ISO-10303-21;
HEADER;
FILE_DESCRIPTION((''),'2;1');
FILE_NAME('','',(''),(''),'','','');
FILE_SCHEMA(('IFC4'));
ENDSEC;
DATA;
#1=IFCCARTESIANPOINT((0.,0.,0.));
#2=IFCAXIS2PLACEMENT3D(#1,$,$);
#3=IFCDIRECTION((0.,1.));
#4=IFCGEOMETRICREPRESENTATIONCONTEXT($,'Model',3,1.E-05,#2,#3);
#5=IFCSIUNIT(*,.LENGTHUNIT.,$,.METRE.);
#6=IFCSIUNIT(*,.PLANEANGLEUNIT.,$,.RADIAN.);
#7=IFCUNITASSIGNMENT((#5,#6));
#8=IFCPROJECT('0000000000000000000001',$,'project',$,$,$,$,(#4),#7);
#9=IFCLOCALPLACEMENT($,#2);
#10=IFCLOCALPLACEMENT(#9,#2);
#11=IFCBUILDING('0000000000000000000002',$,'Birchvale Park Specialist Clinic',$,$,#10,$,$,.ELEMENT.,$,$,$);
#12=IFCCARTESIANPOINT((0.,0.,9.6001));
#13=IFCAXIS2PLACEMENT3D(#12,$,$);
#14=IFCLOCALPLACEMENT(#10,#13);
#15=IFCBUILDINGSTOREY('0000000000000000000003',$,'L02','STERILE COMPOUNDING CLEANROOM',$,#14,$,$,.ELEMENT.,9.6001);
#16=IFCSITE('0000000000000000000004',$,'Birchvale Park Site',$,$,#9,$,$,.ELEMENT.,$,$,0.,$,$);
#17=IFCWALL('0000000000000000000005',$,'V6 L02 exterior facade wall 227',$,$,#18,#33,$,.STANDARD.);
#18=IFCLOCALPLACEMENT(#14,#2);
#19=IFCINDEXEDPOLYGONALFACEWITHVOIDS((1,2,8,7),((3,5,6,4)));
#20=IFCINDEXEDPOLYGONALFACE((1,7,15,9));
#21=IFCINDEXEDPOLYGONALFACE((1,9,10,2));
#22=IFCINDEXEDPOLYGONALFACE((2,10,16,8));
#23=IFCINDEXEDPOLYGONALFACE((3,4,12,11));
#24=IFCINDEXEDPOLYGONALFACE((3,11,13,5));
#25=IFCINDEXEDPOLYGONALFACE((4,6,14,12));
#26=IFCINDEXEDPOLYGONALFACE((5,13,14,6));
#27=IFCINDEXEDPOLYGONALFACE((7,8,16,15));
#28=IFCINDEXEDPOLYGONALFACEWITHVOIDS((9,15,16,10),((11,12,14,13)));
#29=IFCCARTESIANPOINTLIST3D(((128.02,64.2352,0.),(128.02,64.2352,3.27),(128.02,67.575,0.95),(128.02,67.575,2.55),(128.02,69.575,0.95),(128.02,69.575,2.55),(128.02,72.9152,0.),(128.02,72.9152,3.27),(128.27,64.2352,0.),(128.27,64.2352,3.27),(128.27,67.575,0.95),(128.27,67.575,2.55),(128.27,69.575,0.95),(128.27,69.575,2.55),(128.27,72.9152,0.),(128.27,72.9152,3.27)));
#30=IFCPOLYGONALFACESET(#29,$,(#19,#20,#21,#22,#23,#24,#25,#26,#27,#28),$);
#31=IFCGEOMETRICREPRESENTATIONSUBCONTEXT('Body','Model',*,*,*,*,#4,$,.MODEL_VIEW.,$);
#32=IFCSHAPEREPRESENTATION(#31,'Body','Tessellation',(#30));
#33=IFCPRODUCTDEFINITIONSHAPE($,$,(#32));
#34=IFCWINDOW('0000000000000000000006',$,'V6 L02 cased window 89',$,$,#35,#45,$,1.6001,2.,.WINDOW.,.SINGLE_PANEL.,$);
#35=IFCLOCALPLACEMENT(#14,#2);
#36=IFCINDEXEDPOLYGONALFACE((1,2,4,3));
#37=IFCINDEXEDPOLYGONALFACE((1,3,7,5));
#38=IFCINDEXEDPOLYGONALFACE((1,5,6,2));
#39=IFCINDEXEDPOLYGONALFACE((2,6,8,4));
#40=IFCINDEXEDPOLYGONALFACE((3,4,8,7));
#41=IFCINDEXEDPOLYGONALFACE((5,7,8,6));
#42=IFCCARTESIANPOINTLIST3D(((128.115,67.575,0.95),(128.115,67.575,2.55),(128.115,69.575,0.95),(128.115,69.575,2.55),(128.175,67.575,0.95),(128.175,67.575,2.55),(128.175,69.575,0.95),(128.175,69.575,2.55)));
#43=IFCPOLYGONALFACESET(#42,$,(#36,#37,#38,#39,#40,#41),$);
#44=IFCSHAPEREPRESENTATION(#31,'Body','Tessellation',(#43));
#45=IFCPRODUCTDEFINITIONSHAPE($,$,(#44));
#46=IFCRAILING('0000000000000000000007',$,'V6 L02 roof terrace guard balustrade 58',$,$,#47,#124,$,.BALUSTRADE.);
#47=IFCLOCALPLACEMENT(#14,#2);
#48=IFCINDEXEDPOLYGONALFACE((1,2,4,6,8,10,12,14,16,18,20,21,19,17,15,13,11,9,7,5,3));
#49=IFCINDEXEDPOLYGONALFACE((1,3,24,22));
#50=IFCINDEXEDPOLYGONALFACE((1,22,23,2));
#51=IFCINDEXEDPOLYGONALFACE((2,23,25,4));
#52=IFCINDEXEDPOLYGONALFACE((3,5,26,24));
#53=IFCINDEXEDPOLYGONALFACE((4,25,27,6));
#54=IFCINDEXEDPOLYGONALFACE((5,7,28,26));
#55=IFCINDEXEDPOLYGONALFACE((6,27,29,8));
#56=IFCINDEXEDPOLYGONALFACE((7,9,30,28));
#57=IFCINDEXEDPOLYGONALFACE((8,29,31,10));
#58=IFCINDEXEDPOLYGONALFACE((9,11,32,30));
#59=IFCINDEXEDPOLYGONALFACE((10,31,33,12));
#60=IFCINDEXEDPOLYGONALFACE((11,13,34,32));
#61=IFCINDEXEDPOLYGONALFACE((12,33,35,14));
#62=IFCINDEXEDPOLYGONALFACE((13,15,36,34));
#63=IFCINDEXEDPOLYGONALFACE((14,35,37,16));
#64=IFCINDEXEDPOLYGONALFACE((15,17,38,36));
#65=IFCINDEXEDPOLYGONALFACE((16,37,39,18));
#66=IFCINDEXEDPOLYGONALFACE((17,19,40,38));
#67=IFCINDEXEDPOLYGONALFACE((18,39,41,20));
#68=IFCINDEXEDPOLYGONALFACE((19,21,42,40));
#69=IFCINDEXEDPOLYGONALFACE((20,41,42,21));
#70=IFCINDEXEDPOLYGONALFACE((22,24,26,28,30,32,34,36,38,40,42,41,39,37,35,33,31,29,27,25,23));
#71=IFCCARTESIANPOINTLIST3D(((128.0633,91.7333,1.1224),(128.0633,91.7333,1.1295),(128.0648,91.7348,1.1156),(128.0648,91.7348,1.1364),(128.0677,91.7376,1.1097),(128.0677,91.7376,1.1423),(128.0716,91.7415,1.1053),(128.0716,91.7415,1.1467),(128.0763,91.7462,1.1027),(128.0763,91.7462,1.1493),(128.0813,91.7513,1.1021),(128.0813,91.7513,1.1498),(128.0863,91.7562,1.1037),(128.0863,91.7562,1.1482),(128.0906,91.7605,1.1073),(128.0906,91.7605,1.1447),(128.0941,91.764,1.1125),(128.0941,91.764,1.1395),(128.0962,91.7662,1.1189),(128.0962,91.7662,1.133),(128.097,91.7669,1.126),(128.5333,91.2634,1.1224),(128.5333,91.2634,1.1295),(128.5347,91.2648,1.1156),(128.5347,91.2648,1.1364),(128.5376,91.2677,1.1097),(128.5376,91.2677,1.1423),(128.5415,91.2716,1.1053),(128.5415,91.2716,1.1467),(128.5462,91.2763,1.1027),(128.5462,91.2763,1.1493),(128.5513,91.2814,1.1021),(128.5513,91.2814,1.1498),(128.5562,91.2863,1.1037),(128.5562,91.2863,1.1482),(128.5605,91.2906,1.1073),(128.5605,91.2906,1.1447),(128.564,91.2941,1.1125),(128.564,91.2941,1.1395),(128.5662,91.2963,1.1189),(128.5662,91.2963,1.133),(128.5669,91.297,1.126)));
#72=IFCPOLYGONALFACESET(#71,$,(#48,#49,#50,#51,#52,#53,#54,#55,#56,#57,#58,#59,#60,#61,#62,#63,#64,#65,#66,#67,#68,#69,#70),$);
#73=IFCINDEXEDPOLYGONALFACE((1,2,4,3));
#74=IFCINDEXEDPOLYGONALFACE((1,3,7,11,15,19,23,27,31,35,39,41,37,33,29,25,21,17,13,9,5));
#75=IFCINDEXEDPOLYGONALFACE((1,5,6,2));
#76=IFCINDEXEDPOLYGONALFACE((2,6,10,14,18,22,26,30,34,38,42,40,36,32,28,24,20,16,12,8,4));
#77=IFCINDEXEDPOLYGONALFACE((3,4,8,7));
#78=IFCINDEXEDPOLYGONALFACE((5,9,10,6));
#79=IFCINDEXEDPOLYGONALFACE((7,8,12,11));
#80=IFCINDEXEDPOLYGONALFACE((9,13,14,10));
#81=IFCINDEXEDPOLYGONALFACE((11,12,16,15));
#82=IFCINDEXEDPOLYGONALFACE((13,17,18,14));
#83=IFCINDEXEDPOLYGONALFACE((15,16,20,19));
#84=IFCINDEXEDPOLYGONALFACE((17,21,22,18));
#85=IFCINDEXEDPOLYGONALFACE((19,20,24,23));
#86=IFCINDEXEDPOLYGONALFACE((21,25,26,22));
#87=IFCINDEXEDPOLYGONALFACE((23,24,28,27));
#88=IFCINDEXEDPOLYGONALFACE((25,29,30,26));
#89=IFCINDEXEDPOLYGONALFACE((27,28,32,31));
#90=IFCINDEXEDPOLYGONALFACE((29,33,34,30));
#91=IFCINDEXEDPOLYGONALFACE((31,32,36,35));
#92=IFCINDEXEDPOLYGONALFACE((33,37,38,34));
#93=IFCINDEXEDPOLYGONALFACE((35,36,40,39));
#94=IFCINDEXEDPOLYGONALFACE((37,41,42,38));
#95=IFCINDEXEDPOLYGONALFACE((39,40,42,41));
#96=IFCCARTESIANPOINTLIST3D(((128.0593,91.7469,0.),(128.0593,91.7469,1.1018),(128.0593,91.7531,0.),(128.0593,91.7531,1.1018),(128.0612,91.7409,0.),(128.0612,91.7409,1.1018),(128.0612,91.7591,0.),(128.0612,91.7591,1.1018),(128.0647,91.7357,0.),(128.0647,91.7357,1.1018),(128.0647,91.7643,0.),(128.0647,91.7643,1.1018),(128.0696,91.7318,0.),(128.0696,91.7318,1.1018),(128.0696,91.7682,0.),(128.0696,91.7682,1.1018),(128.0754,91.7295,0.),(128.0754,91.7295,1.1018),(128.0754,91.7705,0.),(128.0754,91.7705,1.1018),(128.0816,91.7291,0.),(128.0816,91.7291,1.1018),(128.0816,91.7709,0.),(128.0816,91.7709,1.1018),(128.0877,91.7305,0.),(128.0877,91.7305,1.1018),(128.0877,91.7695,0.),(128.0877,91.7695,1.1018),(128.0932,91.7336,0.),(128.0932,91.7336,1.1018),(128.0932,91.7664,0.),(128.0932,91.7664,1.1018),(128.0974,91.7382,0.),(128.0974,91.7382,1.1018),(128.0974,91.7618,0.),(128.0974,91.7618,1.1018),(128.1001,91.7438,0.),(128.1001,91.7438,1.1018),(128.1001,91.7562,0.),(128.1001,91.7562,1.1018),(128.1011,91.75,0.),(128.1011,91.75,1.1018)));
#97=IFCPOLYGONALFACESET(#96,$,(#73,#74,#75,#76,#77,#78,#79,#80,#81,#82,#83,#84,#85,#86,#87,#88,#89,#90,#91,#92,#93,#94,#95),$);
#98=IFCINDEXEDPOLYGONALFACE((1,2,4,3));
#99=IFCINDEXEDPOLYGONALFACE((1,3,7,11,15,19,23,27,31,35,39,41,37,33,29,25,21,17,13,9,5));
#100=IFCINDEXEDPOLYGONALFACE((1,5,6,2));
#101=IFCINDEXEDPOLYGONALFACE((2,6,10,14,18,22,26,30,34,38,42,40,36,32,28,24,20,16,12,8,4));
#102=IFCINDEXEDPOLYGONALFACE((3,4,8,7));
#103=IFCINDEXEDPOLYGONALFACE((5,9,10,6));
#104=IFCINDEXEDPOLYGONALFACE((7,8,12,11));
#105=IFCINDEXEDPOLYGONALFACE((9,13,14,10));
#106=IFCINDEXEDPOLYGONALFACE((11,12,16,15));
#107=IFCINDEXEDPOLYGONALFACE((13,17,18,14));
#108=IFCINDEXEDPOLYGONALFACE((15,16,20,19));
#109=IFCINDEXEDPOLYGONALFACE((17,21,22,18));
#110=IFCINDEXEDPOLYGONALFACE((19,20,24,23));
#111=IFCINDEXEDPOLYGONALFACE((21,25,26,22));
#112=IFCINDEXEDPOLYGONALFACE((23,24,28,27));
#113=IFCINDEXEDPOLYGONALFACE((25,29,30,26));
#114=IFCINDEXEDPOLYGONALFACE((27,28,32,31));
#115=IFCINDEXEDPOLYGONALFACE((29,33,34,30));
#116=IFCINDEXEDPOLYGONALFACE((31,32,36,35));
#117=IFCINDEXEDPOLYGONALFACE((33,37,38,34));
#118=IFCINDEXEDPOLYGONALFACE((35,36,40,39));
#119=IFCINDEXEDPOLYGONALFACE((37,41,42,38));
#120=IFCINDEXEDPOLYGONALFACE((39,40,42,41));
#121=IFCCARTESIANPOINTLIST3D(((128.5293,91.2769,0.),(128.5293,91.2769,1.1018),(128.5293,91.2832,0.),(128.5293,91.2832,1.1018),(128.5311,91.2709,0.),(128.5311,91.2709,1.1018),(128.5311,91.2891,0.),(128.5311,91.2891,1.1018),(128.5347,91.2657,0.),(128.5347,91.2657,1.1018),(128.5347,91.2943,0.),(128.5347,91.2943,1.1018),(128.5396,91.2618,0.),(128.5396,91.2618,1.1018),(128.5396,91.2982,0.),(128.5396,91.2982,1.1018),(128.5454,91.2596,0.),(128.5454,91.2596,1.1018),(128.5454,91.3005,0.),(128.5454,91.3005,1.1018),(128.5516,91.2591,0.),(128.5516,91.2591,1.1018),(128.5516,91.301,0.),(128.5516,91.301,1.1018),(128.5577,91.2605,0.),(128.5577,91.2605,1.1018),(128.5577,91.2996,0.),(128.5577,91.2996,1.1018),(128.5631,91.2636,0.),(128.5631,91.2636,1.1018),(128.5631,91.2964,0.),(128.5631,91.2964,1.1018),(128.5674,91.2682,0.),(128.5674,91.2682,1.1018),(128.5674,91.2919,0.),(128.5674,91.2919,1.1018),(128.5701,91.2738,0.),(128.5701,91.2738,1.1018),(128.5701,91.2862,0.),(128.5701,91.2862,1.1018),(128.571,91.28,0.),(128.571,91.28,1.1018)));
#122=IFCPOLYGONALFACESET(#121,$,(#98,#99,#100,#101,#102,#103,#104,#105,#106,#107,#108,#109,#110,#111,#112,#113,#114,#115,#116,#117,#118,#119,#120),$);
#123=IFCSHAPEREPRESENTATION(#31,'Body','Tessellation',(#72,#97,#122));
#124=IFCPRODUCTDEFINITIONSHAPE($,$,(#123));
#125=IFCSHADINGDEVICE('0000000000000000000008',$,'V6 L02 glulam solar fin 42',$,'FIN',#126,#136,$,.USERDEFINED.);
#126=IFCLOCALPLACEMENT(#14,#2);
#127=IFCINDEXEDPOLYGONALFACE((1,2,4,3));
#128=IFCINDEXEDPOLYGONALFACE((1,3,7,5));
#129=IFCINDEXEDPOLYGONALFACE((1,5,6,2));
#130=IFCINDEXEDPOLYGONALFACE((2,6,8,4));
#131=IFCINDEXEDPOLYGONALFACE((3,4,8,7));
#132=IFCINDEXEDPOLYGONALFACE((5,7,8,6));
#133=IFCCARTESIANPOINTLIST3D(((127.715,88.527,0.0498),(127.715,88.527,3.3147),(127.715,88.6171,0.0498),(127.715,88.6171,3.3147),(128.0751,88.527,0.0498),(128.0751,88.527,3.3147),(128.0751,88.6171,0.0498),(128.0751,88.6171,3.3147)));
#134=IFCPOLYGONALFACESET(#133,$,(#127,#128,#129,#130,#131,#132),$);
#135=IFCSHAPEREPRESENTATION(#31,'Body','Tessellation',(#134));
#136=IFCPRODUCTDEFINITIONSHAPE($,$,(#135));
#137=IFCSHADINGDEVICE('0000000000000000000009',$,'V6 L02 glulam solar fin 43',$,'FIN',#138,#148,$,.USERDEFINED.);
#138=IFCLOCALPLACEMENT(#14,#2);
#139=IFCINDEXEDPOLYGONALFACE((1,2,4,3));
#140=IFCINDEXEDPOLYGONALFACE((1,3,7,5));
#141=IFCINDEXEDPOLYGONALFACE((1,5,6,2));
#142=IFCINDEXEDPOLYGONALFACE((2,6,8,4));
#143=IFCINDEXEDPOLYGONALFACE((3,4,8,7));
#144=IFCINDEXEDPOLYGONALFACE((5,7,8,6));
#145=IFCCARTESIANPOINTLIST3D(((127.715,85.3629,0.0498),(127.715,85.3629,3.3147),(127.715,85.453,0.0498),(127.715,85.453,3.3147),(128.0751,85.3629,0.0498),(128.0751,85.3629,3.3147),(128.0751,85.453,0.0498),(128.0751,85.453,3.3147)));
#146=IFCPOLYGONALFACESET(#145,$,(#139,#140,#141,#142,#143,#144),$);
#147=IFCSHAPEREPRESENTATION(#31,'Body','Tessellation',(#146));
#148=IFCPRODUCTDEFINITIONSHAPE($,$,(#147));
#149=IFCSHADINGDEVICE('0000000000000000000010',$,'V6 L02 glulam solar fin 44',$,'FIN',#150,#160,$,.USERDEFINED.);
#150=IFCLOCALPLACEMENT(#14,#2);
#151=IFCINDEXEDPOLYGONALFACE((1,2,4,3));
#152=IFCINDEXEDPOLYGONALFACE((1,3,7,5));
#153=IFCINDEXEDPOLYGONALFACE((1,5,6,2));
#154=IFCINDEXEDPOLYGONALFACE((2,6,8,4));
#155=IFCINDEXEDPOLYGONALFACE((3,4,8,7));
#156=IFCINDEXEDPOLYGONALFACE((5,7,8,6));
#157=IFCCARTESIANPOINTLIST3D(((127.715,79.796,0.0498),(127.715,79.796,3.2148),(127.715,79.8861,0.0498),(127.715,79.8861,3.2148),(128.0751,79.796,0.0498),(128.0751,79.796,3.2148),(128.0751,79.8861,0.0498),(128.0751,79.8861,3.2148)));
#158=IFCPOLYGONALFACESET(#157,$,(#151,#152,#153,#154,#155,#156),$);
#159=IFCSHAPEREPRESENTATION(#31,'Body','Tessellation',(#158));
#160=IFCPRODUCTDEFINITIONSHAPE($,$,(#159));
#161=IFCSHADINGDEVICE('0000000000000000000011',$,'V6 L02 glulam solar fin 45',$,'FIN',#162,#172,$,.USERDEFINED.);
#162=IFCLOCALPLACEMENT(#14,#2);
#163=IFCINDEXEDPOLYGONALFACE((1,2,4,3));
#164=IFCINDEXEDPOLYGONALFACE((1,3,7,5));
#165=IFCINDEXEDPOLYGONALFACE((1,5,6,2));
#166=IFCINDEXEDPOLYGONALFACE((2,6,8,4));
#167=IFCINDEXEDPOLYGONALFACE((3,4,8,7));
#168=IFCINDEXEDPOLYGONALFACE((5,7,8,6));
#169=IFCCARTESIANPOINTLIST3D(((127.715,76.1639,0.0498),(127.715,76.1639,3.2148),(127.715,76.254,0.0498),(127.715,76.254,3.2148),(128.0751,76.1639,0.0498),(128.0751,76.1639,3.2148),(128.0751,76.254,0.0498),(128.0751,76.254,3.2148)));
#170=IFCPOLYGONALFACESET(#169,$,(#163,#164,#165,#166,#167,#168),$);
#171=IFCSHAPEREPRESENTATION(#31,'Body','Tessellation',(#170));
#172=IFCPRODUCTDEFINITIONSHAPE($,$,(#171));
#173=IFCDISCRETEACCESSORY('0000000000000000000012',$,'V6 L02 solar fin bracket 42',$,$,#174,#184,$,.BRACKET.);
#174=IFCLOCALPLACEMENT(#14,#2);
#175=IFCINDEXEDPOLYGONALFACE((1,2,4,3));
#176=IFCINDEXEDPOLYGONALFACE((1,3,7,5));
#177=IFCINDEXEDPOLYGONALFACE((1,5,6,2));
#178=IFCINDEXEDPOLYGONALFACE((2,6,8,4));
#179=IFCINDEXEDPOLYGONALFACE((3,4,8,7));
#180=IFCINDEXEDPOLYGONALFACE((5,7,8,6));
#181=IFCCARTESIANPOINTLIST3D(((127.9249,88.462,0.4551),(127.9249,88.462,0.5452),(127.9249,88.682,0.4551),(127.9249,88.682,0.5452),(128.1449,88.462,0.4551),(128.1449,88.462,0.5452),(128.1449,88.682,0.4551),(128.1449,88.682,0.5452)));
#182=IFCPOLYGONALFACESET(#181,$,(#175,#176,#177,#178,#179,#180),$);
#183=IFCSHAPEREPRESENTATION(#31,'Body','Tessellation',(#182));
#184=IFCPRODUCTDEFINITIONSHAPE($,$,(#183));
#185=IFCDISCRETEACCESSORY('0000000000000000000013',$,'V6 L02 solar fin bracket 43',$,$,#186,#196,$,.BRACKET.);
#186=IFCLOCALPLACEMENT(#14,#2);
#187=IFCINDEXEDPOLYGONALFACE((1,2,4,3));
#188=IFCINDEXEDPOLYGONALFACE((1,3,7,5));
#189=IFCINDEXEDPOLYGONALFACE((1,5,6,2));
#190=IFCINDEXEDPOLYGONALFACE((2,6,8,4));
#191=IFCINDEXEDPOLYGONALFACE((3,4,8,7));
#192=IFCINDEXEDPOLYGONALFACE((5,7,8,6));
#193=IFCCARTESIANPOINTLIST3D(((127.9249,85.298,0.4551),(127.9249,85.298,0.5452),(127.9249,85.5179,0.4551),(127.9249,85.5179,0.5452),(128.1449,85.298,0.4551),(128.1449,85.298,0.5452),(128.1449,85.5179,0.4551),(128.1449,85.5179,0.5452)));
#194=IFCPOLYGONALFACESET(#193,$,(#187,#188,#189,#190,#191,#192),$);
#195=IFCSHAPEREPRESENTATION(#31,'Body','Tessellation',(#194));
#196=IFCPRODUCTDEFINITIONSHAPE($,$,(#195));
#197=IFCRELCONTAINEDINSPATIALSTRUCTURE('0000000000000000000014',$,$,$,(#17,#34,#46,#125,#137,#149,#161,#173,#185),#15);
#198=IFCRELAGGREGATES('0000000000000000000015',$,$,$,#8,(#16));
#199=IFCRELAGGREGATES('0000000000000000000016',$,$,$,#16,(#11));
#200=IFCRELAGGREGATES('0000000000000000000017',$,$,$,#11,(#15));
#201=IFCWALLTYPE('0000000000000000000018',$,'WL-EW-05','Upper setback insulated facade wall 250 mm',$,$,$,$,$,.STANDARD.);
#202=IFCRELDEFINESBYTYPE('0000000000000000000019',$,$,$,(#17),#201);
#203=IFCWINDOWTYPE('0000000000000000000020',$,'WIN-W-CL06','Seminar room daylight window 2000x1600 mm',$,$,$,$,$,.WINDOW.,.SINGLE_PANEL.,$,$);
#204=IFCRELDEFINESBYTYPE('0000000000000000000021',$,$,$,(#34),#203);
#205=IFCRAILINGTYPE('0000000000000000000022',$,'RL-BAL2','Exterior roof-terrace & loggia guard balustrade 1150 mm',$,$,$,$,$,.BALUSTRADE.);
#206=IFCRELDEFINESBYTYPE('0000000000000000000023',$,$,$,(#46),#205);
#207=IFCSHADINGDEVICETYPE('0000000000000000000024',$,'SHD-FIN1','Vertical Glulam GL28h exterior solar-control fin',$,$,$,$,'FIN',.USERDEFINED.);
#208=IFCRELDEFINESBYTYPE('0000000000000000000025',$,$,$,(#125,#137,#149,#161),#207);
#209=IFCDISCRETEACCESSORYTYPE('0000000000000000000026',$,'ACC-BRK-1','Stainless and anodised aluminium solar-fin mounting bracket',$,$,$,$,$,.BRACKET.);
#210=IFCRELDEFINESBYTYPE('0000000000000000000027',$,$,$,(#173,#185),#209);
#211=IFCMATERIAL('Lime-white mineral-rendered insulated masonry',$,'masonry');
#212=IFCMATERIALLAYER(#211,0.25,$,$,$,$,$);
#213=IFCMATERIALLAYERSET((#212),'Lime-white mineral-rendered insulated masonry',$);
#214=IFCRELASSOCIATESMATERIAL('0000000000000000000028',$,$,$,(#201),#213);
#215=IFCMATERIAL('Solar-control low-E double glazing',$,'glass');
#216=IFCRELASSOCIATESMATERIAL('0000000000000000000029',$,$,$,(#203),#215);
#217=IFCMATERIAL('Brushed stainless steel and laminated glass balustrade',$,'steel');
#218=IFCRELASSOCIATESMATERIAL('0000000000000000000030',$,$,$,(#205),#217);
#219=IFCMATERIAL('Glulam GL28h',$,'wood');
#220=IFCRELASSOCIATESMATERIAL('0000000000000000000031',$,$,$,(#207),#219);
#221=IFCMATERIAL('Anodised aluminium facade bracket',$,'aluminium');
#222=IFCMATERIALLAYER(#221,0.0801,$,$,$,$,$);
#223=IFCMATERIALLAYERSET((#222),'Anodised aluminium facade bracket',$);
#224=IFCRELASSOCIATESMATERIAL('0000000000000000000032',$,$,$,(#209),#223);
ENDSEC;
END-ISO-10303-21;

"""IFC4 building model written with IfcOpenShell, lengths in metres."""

from ifc_helpers import new_model, si_unit, direction, frame, frame_2d, origin, origin_2d, place, context, subcontext, project, spatial, rectangle, circle, extrude, material, layer, layer_set, type_object, element, fill, save


model = new_model("IFC4")

# Units and contexts
model_context = context("Model", 3, precision=1e-05, world=origin(), true_north=direction((0.0, 1.0)))
body_context = subcontext(model_context, "Body", "Model", "MODEL_VIEW")
ifc_project = project(units=[si_unit("LENGTHUNIT", "METRE"), si_unit("PLANEANGLEUNIT", "RADIAN")], contexts=[model_context])

# Site, building, storey
site_placement = place(None, origin())
site = spatial("IfcSite", under=ifc_project, at=site_placement, Name="Birchvale Park Site", CompositionType="ELEMENT", RefElevation=0.0)
building_placement = place(site_placement, origin())
building = spatial("IfcBuilding", under=site, at=building_placement, Name="Birchvale Park Specialist Clinic", CompositionType="ELEMENT")
storey_placement = place(building_placement, frame((0.0, 0.0, 9.6001)))
storey = spatial("IfcBuildingStorey", under=building, at=storey_placement, Name="L02", Description="STERILE COMPOUNDING CLEANROOM", CompositionType="ELEMENT", Elevation=9.6001)

# Shared definitions
ifc_material_1 = material(Name="Solar-control low-E double glazing", Category="glass")

# Wall, opening, window
ifc_material_2 = material(Name="Lime-white mineral-rendered insulated masonry", Category="masonry")
ifc_layer_1 = layer(ifc_material_2, 0.25)
ifc_layer_set_1 = layer_set([ifc_layer_1], Name="Lime-white mineral-rendered insulated masonry")
wall_type = type_object("IfcWallType", Name="WL-EW-05", Description="Upper setback insulated facade wall 250 mm", PredefinedType="STANDARD", material=ifc_layer_set_1)
wall_placement = place(storey_placement, frame((128.145, 72.915, 0.0), z_axis=(0.0, 0.0, 1.0), x_axis=(0.0, -1.0, 0.0)))
wall = element("IfcWall", 1, at=wall_placement, inside=storey, type_object=wall_type, Name="V6 L02 exterior facade wall 227", PredefinedType="STANDARD", context=body_context, shape_type="SweptSolid", body=[
    extrude(rectangle(XDim=8.6799, YDim=0.25, at=frame_2d((4.3398, 0.0))), origin(), (0.0, 0.0, 1.0), 3.27),
])
opening_placement = place(wall_placement, frame((3.3401, 0.0, 0.95)))
opening = element("IfcOpeningElement", 2, at=opening_placement, cuts=wall, PredefinedType="OPENING", context=body_context, shape_type="SweptSolid", body=[
    extrude(rectangle(XDim=2.0, YDim=1.6001, at=frame_2d((1.0, 0.8))), frame((0.0, 0.135, 0.0), z_axis=(0.0, -1.0, 0.0), x_axis=(1.0, 0.0, 0.0)), (0.0, 0.0, 1.0), 0.27),
])
window_type = type_object("IfcWindowType", Name="WIN-W-CL06", Description="Seminar room daylight window 2000x1600 mm", PartitioningType="SINGLE_PANEL", PredefinedType="WINDOW", material=ifc_material_1)
window_placement = place(opening_placement, origin())
window = element("IfcWindow", 3, at=window_placement, inside=storey, type_object=window_type, Name="V6 L02 cased window 89", OverallHeight=1.6001, OverallWidth=2.0, PartitioningType="SINGLE_PANEL", PredefinedType="WINDOW", context=body_context, shape_type="SweptSolid", body=[
    extrude(rectangle(XDim=2.0, YDim=1.6001, at=frame_2d((1.0, 0.8))), frame((0.0, 0.03, 0.0), z_axis=(0.0, -1.0, 0.0), x_axis=(1.0, 0.0, 0.0)), (0.0, 0.0, 1.0), 0.0601),
])
fill(opening, window)

# Railing
ifc_material_3 = material(Name="Brushed stainless steel and laminated glass balustrade", Category="steel")
railing_type = type_object("IfcRailingType", Name="RL-BAL2", Description="Exterior roof-terrace & loggia guard balustrade 1150 mm", PredefinedType="BALUSTRADE", material=ifc_material_3)
railing_1_placement = place(storey_placement, frame((128.0801, 91.75, 0.0)))
element("IfcRailing", 4, at=railing_1_placement, inside=storey, type_object=railing_type, Name="V6 L02 roof terrace guard balustrade 58", PredefinedType="BALUSTRADE", context=body_context, shape_type="SweptSolid", body=[
    extrude(circle(Radius=0.0239, at=origin_2d()), frame((0.0, 0.0, 1.126), z_axis=(0.707107, -0.707107, 0.0), x_axis=(0.707107, 0.707107, 0.0)), (0.0, 0.0, 1.0), 0.6646),
    extrude(circle(Radius=0.021, at=origin_2d()), origin(), (0.0, 0.0, 1.0), 1.1018),
    extrude(circle(Radius=0.021, at=origin_2d()), frame((0.47, -0.47, 0.0)), (0.0, 0.0, 1.0), 1.1018),
])

# Shading devices
ifc_material_4 = material(Name="Glulam GL28h", Category="wood")
shading_device_type = type_object("IfcShadingDeviceType", Name="SHD-FIN1", Description="Vertical Glulam GL28h exterior solar-control fin", ElementType="FIN", PredefinedType="USERDEFINED", material=ifc_material_4)
for number, where, z_axis, x_axis, name in (
    (5, (127.895, 88.572, 0.0498), (0.0, 0.0, 1.0), (1.0, 0.0, 0.0), "V6 L02 glulam solar fin 42"),
    (6, (127.895, 85.408, 0.0498), (0.0, 0.0, 1.0), (1.0, 0.0, 0.0), "V6 L02 glulam solar fin 43"),
):
    element("IfcShadingDevice", number, at=place(storey_placement, frame(where, z_axis=z_axis, x_axis=x_axis)), inside=storey, type_object=shading_device_type, Name=name, ObjectType="FIN", PredefinedType="USERDEFINED", context=body_context, shape_type="SweptSolid", body=[
        extrude(rectangle(XDim=0.3601, YDim=0.0901, at=origin_2d()), origin(), (0.0, 0.0, 1.0), 3.2649),
    ])
for number, where, z_axis, x_axis, name in (
    (7, (127.895, 79.8411, 0.0498), (0.0, 0.0, 1.0), (1.0, 0.0, 0.0), "V6 L02 glulam solar fin 44"),
    (8, (127.895, 76.209, 0.0498), (0.0, 0.0, 1.0), (1.0, 0.0, 0.0), "V6 L02 glulam solar fin 45"),
):
    element("IfcShadingDevice", number, at=place(storey_placement, frame(where, z_axis=z_axis, x_axis=x_axis)), inside=storey, type_object=shading_device_type, Name=name, ObjectType="FIN", PredefinedType="USERDEFINED", context=body_context, shape_type="SweptSolid", body=[
        extrude(rectangle(XDim=0.3601, YDim=0.0901, at=origin_2d()), origin(), (0.0, 0.0, 1.0), 3.165),
    ])

# Discrete accessories
ifc_material_5 = material(Name="Anodised aluminium facade bracket", Category="aluminium")
ifc_layer_2 = layer(ifc_material_5, 0.0801)
ifc_layer_set_2 = layer_set([ifc_layer_2], Name="Anodised aluminium facade bracket")
discrete_accessory_type = type_object("IfcDiscreteAccessoryType", Name="ACC-BRK-1", Description="Stainless and anodised aluminium solar-fin mounting bracket", PredefinedType="BRACKET", material=ifc_layer_set_2)
for number, where, z_axis, x_axis, name in (
    (9, (128.0349, 88.572, 0.4551), (0.0, 0.0, 1.0), (1.0, 0.0, 0.0), "V6 L02 solar fin bracket 42"),
    (10, (128.0349, 85.408, 0.4551), (0.0, 0.0, 1.0), (1.0, 0.0, 0.0), "V6 L02 solar fin bracket 43"),
):
    element("IfcDiscreteAccessory", number, at=place(storey_placement, frame(where, z_axis=z_axis, x_axis=x_axis)), inside=storey, type_object=discrete_accessory_type, Name=name, PredefinedType="BRACKET", context=body_context, shape_type="SweptSolid", body=[
        extrude(rectangle(XDim=0.22, YDim=0.22, at=origin_2d()), origin(), (0.0, 0.0, 1.0), 0.0901),
    ])

save(model, "model.ifc")
